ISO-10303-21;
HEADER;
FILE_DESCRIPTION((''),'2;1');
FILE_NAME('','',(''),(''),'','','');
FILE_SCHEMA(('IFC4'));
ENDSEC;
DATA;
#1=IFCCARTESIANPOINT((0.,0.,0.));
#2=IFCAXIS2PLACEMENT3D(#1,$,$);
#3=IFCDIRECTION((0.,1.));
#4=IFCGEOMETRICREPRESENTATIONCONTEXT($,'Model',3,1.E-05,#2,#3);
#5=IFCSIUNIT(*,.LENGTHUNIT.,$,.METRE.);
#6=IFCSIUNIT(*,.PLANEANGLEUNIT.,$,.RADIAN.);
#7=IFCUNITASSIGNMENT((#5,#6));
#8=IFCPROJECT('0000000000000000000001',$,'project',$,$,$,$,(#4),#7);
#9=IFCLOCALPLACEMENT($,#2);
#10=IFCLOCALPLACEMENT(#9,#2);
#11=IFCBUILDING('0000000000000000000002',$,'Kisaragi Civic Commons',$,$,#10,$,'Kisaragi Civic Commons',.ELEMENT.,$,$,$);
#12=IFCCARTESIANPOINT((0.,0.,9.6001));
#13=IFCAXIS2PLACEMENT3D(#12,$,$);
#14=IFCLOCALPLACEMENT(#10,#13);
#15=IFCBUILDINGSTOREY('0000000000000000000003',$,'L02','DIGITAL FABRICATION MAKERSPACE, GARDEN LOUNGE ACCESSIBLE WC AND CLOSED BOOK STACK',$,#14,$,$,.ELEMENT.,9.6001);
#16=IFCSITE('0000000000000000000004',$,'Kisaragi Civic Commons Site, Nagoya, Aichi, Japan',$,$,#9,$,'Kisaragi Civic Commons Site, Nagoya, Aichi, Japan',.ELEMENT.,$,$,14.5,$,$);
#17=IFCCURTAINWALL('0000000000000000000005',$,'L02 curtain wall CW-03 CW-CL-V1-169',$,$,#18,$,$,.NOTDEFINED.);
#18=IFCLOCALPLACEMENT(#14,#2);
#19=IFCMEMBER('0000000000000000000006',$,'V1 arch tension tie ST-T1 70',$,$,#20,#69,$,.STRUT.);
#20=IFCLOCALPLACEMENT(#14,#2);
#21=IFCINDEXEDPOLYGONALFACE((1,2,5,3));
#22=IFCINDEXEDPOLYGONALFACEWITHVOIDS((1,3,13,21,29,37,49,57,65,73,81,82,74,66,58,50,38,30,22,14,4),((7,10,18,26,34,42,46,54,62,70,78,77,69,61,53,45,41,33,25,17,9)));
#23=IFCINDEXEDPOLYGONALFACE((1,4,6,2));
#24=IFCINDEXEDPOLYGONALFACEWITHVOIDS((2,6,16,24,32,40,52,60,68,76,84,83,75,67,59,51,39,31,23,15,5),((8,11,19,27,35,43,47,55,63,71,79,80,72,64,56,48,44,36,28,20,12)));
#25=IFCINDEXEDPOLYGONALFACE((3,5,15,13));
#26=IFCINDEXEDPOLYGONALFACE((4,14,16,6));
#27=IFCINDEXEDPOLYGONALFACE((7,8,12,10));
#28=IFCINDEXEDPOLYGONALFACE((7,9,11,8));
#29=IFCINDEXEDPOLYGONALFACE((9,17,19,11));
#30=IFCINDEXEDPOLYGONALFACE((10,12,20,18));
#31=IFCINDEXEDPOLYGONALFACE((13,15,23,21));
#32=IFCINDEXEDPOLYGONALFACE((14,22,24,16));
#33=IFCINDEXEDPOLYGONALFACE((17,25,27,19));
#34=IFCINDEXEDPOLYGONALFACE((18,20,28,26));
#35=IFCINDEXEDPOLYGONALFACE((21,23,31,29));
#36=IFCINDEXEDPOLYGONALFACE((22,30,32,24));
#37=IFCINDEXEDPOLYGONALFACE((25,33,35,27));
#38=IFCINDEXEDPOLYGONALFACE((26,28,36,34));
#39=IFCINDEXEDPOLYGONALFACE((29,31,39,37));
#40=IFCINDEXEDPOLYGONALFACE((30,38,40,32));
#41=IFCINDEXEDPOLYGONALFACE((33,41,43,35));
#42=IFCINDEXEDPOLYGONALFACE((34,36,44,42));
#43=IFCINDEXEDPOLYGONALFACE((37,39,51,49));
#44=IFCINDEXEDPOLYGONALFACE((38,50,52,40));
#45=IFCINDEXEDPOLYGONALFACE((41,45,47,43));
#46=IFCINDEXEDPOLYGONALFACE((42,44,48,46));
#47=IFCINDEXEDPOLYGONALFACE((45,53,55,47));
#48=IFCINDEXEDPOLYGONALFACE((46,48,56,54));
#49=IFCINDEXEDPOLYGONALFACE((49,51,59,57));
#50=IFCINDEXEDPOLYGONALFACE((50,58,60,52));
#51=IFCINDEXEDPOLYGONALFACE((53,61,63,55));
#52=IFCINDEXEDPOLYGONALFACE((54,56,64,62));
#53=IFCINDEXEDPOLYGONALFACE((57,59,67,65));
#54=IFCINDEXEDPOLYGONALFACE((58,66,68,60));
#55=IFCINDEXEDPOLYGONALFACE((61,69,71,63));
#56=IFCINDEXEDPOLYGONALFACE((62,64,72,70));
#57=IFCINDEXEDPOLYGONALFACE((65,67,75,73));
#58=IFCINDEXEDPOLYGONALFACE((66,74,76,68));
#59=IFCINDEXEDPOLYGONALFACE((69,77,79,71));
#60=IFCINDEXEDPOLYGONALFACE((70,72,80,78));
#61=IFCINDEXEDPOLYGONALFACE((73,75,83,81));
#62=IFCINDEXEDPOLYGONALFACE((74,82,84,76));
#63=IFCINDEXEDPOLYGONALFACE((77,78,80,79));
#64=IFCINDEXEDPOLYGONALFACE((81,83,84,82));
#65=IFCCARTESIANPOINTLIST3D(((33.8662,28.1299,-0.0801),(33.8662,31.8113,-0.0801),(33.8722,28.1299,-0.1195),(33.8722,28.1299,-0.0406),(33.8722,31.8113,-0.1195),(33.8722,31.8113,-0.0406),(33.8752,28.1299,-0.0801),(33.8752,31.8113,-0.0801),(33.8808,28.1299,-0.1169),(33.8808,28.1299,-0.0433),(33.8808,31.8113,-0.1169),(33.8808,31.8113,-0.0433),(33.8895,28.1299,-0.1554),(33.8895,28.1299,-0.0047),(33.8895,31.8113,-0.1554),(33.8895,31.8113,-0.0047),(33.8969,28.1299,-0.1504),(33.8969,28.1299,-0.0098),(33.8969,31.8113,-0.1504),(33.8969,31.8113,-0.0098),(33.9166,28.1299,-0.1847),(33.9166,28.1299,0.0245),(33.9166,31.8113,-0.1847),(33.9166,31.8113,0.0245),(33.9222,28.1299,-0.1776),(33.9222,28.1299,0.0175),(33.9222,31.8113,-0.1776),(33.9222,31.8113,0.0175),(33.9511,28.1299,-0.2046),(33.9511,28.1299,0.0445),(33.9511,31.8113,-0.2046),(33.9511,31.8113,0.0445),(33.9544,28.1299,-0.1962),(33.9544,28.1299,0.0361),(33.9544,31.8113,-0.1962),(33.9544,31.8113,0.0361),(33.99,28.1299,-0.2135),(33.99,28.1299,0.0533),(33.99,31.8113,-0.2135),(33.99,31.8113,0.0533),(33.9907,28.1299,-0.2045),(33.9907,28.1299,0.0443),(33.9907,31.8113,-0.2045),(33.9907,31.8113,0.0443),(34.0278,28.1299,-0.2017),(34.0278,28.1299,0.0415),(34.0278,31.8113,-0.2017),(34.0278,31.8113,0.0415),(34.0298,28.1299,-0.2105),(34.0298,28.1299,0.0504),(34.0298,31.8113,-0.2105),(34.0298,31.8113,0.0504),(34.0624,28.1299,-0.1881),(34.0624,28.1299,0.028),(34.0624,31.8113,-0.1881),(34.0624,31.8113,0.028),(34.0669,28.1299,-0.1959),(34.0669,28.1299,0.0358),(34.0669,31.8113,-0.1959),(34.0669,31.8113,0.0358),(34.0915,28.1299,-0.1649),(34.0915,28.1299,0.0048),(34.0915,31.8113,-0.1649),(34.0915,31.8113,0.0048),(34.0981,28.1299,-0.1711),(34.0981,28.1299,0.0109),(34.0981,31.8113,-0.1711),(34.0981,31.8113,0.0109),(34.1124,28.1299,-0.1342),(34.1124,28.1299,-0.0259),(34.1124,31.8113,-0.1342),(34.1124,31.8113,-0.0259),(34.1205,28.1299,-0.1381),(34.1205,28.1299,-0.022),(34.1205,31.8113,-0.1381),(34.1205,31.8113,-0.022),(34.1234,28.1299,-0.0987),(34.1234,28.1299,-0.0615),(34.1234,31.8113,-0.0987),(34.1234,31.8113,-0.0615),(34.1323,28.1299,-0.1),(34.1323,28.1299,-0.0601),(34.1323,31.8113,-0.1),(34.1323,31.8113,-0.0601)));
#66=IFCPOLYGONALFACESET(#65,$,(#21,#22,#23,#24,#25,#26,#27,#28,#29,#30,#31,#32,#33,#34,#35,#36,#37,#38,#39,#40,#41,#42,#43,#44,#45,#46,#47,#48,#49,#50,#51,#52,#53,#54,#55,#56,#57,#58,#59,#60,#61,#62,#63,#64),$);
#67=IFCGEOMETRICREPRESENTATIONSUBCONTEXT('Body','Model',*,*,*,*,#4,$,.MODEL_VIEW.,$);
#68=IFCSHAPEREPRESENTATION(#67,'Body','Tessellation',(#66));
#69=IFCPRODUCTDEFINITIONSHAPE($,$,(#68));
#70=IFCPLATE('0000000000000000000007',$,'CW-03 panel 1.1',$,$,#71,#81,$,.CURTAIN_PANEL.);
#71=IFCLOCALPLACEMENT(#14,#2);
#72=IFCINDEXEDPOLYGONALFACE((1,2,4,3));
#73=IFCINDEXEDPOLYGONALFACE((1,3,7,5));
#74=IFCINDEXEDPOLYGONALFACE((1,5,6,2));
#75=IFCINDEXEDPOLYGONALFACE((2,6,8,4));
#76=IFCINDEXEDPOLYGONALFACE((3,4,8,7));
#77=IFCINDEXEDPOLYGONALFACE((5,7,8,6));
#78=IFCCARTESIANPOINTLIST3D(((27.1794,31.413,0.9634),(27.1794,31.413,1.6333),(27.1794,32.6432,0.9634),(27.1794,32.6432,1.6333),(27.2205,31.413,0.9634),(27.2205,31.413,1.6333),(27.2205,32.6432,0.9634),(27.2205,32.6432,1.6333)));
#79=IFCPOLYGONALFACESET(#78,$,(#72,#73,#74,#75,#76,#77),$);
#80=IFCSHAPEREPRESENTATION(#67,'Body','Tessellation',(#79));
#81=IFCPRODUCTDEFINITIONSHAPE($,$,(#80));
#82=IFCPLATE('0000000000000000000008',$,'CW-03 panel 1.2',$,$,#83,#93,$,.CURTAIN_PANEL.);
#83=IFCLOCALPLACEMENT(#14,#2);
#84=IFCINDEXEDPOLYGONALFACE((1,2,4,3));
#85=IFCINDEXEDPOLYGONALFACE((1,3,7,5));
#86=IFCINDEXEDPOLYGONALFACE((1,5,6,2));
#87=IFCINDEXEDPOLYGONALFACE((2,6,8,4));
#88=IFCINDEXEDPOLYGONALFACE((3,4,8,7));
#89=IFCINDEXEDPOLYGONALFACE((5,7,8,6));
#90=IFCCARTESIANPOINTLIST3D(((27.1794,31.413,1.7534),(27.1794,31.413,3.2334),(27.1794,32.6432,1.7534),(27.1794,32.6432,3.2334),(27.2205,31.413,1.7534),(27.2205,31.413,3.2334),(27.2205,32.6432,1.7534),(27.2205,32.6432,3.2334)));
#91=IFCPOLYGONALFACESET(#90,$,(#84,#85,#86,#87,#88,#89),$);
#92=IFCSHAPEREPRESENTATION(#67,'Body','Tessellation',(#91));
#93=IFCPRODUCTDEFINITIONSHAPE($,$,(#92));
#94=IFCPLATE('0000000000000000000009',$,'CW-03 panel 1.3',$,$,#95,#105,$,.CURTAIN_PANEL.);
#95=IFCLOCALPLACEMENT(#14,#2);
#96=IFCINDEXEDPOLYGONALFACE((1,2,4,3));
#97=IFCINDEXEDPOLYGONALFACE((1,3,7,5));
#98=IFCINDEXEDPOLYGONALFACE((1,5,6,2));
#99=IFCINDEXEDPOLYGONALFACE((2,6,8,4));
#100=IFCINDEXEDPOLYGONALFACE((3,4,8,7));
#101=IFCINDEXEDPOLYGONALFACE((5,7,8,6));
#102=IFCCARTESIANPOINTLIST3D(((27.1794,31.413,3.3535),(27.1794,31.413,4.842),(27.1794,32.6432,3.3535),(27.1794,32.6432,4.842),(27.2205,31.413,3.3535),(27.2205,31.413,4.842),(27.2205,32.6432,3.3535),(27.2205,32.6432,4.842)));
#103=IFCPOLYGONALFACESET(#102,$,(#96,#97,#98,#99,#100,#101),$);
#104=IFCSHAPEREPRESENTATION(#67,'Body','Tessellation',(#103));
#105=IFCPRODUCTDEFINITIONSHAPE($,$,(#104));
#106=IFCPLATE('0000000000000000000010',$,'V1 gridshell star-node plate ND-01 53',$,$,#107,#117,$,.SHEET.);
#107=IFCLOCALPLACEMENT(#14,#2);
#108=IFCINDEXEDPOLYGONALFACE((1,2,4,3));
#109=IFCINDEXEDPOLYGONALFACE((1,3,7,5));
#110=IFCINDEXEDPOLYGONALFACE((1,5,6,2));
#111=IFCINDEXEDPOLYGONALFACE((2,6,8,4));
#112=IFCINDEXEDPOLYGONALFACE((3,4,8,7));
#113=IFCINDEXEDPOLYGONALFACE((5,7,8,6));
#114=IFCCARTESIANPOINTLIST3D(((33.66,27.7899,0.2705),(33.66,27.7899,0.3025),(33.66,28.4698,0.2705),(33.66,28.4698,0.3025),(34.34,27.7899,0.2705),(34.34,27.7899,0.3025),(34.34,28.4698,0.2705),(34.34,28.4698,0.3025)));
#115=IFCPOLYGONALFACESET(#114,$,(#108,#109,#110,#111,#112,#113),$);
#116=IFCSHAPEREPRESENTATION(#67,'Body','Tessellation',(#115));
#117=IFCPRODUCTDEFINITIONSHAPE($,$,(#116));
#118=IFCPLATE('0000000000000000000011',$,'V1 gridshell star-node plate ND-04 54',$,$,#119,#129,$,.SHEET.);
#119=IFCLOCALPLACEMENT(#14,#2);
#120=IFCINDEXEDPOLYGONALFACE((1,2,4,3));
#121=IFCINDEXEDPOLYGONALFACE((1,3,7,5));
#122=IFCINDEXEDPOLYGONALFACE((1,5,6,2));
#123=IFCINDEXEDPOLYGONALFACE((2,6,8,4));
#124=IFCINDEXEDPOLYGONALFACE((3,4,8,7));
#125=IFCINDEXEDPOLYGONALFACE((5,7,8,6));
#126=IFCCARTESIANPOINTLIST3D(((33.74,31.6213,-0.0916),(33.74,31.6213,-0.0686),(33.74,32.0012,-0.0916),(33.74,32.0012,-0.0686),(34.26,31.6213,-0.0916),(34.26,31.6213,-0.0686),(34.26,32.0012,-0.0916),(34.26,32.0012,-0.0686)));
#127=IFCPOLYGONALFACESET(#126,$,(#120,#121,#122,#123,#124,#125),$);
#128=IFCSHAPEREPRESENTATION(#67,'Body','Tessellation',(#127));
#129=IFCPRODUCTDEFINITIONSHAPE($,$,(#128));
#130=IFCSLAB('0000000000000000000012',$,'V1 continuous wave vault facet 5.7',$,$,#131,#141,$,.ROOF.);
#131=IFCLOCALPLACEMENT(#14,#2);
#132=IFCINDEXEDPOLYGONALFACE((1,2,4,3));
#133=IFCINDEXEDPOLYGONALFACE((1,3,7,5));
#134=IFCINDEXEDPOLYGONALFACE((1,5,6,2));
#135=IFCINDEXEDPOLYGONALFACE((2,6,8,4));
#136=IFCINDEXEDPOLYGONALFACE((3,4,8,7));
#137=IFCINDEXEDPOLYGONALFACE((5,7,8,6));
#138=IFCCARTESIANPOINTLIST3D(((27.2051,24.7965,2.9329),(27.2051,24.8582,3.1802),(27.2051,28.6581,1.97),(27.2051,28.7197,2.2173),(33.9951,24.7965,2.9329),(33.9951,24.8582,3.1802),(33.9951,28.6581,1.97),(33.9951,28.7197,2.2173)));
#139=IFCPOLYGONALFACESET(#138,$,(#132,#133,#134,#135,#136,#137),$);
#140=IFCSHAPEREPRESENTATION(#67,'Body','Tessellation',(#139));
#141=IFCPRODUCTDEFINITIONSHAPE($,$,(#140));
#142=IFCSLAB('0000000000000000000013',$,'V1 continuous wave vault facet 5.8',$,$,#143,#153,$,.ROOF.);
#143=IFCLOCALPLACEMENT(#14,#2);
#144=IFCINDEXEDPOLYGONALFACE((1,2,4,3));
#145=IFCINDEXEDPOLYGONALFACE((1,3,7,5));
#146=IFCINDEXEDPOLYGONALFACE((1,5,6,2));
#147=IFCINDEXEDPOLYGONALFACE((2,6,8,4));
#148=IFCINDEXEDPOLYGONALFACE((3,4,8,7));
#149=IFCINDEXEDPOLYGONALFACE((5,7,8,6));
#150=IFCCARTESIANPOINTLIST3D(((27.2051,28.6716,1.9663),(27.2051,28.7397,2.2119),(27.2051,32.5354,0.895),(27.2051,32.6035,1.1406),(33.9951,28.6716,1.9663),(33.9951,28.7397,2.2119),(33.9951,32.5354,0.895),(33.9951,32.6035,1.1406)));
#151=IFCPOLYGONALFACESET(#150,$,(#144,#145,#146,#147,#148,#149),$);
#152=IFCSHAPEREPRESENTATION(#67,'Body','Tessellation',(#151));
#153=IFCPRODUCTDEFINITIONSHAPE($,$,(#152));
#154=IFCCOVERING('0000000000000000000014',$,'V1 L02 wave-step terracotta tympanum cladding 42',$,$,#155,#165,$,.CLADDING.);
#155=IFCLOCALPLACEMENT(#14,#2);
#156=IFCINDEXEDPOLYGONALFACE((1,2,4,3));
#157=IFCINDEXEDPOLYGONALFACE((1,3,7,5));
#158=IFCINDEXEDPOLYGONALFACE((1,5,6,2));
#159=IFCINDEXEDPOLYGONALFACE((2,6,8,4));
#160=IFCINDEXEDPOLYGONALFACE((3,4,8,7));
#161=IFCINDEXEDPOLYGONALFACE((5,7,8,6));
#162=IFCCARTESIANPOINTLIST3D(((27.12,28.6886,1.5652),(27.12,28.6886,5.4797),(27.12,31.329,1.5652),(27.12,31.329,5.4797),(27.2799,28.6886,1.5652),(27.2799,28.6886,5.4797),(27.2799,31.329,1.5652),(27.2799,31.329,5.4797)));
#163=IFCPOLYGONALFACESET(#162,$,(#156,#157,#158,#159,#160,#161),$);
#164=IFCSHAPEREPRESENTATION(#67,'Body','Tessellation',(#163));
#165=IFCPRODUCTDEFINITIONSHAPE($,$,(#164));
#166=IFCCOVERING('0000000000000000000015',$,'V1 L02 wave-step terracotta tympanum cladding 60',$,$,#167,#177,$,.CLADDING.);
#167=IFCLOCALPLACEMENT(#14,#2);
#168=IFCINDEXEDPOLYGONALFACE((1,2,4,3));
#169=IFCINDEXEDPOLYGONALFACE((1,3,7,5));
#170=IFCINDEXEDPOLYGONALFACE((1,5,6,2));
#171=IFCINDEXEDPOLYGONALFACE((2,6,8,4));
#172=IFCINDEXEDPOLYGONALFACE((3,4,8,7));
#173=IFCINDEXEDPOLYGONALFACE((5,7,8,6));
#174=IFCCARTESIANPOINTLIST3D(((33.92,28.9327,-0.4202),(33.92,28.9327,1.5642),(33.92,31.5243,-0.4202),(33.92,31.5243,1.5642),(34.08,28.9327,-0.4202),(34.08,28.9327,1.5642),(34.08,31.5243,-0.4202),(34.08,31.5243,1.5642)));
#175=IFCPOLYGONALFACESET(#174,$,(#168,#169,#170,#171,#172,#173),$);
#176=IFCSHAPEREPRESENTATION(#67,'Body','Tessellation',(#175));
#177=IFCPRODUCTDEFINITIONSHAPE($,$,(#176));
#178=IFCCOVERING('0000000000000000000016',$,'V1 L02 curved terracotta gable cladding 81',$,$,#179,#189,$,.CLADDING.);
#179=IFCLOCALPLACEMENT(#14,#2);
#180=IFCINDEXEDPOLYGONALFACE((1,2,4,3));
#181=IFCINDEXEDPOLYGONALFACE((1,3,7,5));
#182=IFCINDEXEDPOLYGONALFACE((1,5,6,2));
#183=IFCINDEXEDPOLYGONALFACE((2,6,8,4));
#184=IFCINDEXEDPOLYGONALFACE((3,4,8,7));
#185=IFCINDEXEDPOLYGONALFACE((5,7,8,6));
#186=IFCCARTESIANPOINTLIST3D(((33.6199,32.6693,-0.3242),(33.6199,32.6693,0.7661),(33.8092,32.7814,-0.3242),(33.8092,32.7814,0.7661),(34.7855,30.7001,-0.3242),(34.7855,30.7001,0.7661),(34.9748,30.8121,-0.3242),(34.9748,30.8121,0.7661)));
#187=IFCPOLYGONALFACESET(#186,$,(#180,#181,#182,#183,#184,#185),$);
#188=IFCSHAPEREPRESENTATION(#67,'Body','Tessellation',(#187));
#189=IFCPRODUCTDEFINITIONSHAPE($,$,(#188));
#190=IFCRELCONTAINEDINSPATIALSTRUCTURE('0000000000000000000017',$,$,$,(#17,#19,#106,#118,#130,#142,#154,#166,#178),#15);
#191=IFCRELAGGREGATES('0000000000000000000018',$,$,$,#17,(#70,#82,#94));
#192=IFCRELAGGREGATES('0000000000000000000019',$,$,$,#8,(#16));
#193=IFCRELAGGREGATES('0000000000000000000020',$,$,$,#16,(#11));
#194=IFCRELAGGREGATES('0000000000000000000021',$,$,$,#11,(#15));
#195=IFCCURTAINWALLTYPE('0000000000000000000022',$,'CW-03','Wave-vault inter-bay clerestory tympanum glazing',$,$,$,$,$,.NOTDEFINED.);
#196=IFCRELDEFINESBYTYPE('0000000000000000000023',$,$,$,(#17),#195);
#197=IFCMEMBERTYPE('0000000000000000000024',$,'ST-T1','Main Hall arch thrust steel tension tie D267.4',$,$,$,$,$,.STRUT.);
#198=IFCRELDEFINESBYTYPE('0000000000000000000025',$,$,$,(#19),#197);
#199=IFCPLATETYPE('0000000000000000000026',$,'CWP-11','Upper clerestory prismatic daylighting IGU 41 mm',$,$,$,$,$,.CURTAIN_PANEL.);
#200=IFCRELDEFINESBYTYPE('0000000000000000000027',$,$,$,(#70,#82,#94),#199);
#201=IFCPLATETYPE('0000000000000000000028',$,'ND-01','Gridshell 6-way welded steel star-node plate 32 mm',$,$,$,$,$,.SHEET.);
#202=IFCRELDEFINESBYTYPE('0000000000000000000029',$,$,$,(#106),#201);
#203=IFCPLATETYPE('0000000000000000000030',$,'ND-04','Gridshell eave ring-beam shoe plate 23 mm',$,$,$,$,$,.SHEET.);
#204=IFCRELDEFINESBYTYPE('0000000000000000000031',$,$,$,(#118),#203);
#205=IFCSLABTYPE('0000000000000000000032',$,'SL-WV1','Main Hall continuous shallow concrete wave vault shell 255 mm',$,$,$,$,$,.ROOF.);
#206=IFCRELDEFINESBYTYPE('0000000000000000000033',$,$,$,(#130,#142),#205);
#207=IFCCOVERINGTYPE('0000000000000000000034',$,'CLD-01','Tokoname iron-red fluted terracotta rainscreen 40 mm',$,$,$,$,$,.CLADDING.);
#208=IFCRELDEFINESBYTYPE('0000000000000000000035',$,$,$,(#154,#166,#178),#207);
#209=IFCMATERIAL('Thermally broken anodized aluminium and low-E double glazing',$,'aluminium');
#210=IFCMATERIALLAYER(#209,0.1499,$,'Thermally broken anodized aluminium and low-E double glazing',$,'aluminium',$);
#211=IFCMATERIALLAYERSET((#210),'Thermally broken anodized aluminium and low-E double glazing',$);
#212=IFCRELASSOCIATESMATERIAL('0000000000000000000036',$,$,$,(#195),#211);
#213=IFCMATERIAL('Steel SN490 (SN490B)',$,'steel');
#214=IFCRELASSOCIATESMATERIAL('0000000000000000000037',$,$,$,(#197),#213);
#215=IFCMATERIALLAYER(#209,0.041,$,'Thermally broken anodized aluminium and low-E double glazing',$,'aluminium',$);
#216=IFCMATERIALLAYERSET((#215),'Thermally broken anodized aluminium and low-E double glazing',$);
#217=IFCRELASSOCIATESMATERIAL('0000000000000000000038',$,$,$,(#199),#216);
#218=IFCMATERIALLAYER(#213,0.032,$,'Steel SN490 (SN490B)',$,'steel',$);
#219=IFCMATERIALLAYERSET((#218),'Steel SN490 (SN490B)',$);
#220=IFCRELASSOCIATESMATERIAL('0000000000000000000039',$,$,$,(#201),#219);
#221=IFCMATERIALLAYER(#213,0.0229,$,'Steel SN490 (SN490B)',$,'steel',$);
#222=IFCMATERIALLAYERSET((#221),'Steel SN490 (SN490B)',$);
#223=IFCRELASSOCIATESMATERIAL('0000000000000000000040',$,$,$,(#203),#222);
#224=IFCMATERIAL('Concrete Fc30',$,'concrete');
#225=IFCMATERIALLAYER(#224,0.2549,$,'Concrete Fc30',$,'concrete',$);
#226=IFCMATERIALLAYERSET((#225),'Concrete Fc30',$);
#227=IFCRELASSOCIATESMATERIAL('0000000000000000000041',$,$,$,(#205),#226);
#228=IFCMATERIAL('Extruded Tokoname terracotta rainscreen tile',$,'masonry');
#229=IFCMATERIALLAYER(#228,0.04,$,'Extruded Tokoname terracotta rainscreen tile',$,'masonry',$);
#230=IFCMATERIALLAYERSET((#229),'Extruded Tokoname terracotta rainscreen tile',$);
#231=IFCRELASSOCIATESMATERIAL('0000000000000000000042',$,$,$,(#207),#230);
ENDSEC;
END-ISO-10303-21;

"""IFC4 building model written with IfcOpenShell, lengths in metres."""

from ifc_helpers import new_model, si_unit, direction, frame, origin, origin_2d, place, context, subcontext, project, spatial, polyline, rectangle, hollow_circle, outline, extrude, material, layer, layer_set, material_profile, profile_set, type_object, element, aggregate, save


model = new_model("IFC4")

# Units and contexts
model_context = context("Model", 3, precision=1e-05, world=origin(), true_north=direction((0.0, 1.0)))
body_context = subcontext(model_context, "Body", "Model", "MODEL_VIEW")
ifc_project = project(units=[si_unit("LENGTHUNIT", "METRE"), si_unit("PLANEANGLEUNIT", "RADIAN")], contexts=[model_context])

# Site, building, storey
site_placement = place(None, origin())
site = spatial("IfcSite", under=ifc_project, at=site_placement, Name="Kisaragi Civic Commons Site, Nagoya, Aichi, Japan", LongName="Kisaragi Civic Commons Site, Nagoya, Aichi, Japan", CompositionType="ELEMENT", RefElevation=14.5)
building_placement = place(site_placement, origin())
building = spatial("IfcBuilding", under=site, at=building_placement, Name="Kisaragi Civic Commons", LongName="Kisaragi Civic Commons", CompositionType="ELEMENT")
storey_placement = place(building_placement, frame((0.0, 0.0, 9.6001)))
storey = spatial("IfcBuildingStorey", under=building, at=storey_placement, Name="L02", Description="DIGITAL FABRICATION MAKERSPACE, GARDEN LOUNGE ACCESSIBLE WC AND CLOSED BOOK STACK", CompositionType="ELEMENT", Elevation=9.6001)

# Curtain wall
ifc_material_1 = material(Name="Thermally broken anodized aluminium and low-E double glazing", Category="aluminium")
ifc_layer_1 = layer(ifc_material_1, 0.1499, Name="Thermally broken anodized aluminium and low-E double glazing", Category="aluminium")
ifc_layer_set_1 = layer_set([ifc_layer_1], Name="Thermally broken anodized aluminium and low-E double glazing")
curtain_wall_type = type_object("IfcCurtainWallType", Name="CW-03", Description="Wave-vault inter-bay clerestory tympanum glazing", PredefinedType="NOTDEFINED", material=ifc_layer_set_1)
curtain_wall_placement = place(storey_placement, origin())
curtain_wall = element("IfcCurtainWall", 1, at=curtain_wall_placement, inside=storey, type_object=curtain_wall_type, Name="L02 curtain wall CW-03 CW-CL-V1-169", PredefinedType="NOTDEFINED")

# Member
ifc_material_2 = material(Name="Steel SN490 (SN490B)", Category="steel")
ifc_material_profile_1 = material_profile(ifc_material_2, hollow_circle(Radius=0.1338, WallThickness=0.009, at=origin_2d()), Name="CHS-267.4x9.0", Category="steel")
ifc_profile_set_1 = profile_set([ifc_material_profile_1], Name="Steel SN490 (SN490B)")
member_type_1 = type_object("IfcMemberType", Name="ST-T1", Description="Main Hall arch thrust steel tension tie D267.4", PredefinedType="STRUT", material=ifc_profile_set_1)
member_1_placement = place(storey_placement, frame((34.0, 28.1299, -0.0801), z_axis=(0.0, 1.0, 0.0), x_axis=(-1.0, 0.0, 0.0)))
element("IfcMember", 2, at=member_1_placement, inside=storey, type_object=member_type_1, Name="V1 arch tension tie ST-T1 70", PredefinedType="STRUT", context=body_context, shape_type="SweptSolid", body=[
    extrude(hollow_circle(Radius=0.1338, WallThickness=0.009, at=origin_2d()), origin(), (0.0, 0.0, 1.0), 3.6814),
])

# Plates
ifc_layer_2 = layer(ifc_material_1, 0.041, Name="Thermally broken anodized aluminium and low-E double glazing", Category="aluminium")
ifc_layer_set_2 = layer_set([ifc_layer_2], Name="Thermally broken anodized aluminium and low-E double glazing")
plate_type_1 = type_object("IfcPlateType", Name="CWP-11", Description="Upper clerestory prismatic daylighting IGU 41 mm", PredefinedType="CURTAIN_PANEL", material=ifc_layer_set_2)
plate_1_placement = place(storey_placement, frame((27.2, 32.0281, 0.9634), z_axis=(0.0, 0.0, 1.0), x_axis=(0.0, 1.0, 0.0)))
plate_1 = element("IfcPlate", 3, at=plate_1_placement, type_object=plate_type_1, Name="CW-03 panel 1.1", PredefinedType="CURTAIN_PANEL", context=body_context, shape_type="SweptSolid", body=[
    extrude(rectangle(XDim=1.2302, YDim=0.041, at=origin_2d()), origin(), (0.0, 0.0, 1.0), 0.6699),
])
plate_2_placement = place(storey_placement, frame((27.2, 32.0281, 1.7534), z_axis=(0.0, 0.0, 1.0), x_axis=(0.0, 1.0, 0.0)))
plate_2 = element("IfcPlate", 4, at=plate_2_placement, type_object=plate_type_1, Name="CW-03 panel 1.2", PredefinedType="CURTAIN_PANEL", context=body_context, shape_type="SweptSolid", body=[
    extrude(rectangle(XDim=1.2302, YDim=0.041, at=origin_2d()), origin(), (0.0, 0.0, 1.0), 1.48),
])
plate_3_placement = place(storey_placement, frame((27.2, 32.0281, 3.3535), z_axis=(0.0, 0.0, 1.0), x_axis=(0.0, 1.0, 0.0)))
plate_3 = element("IfcPlate", 5, at=plate_3_placement, type_object=plate_type_1, Name="CW-03 panel 1.3", PredefinedType="CURTAIN_PANEL", context=body_context, shape_type="SweptSolid", body=[
    extrude(rectangle(XDim=1.2302, YDim=0.041, at=origin_2d()), origin(), (0.0, 0.0, 1.0), 1.4885),
])
aggregate(curtain_wall, [plate_1, plate_2, plate_3])

# Plates
ifc_layer_3 = layer(ifc_material_2, 0.032, Name="Steel SN490 (SN490B)", Category="steel")
ifc_layer_set_3 = layer_set([ifc_layer_3], Name="Steel SN490 (SN490B)")
plate_type_2 = type_object("IfcPlateType", Name="ND-01", Description="Gridshell 6-way welded steel star-node plate 32 mm", PredefinedType="SHEET", material=ifc_layer_set_3)
plate_4_placement = place(storey_placement, frame((34.0, 28.1299, 0.2705), z_axis=(0.0, 0.0, 1.0), x_axis=(1.0, 0.0, 0.0)))
element("IfcPlate", 6, at=plate_4_placement, inside=storey, type_object=plate_type_2, Name="V1 gridshell star-node plate ND-01 53", PredefinedType="SHEET", context=body_context, shape_type="SweptSolid", body=[
    extrude(rectangle(XDim=0.6799, YDim=0.6799, at=origin_2d()), origin(), (0.0, 0.0, 1.0), 0.032),
])
ifc_layer_4 = layer(ifc_material_2, 0.0229, Name="Steel SN490 (SN490B)", Category="steel")
ifc_layer_set_4 = layer_set([ifc_layer_4], Name="Steel SN490 (SN490B)")
plate_type_3 = type_object("IfcPlateType", Name="ND-04", Description="Gridshell eave ring-beam shoe plate 23 mm", PredefinedType="SHEET", material=ifc_layer_set_4)
plate_5_placement = place(storey_placement, frame((34.0, 31.8113, -0.0916), z_axis=(0.0, 0.0, 1.0), x_axis=(1.0, 0.0, 0.0)))
element("IfcPlate", 7, at=plate_5_placement, inside=storey, type_object=plate_type_3, Name="V1 gridshell star-node plate ND-04 54", PredefinedType="SHEET", context=body_context, shape_type="SweptSolid", body=[
    extrude(rectangle(XDim=0.52, YDim=0.3799, at=origin_2d()), origin(), (0.0, 0.0, 1.0), 0.0229),
])

# Slabs
ifc_material_3 = material(Name="Concrete Fc30", Category="concrete")
ifc_layer_5 = layer(ifc_material_3, 0.2549, Name="Concrete Fc30", Category="concrete")
ifc_layer_set_5 = layer_set([ifc_layer_5], Name="Concrete Fc30")
slab_type = type_object("IfcSlabType", Name="SL-WV1", Description="Main Hall continuous shallow concrete wave vault shell 255 mm", PredefinedType="ROOF", material=ifc_layer_set_5)
slab_1_placement = place(storey_placement, frame((33.9951, 28.7197, 2.2173), z_axis=(0.0, 0.241944, 0.97029), x_axis=(-1.0, 0.0, 0.0)))
element("IfcSlab", 8, at=slab_1_placement, inside=storey, type_object=slab_type, Name="V1 continuous wave vault facet 5.7", PredefinedType="ROOF", context=body_context, shape_type="SweptSolid", body=[
    extrude(outline(polyline([(0.0, 0.0), (6.79, 0.0), (6.79, 3.9798), (0.0, 3.9798), (0.0, 0.0)])), origin(), (0.0, 0.0, -1.0), 0.2549),
])
slab_2_placement = place(storey_placement, frame((33.9951, 32.6035, 1.1406), z_axis=(0.0, 0.267185, 0.963645), x_axis=(-1.0, 0.0, 0.0)))
element("IfcSlab", 9, at=slab_2_placement, inside=storey, type_object=slab_type, Name="V1 continuous wave vault facet 5.8", PredefinedType="ROOF", context=body_context, shape_type="SweptSolid", body=[
    extrude(outline(polyline([(0.0, 0.0), (6.79, 0.0), (6.79, 4.0095), (0.0, 4.0095), (0.0, 0.0)])), origin(), (0.0, 0.0, -1.0), 0.2549),
])

# Coverings
ifc_material_4 = material(Name="Extruded Tokoname terracotta rainscreen tile", Category="masonry")
ifc_layer_6 = layer(ifc_material_4, 0.04, Name="Extruded Tokoname terracotta rainscreen tile", Category="masonry")
ifc_layer_set_6 = layer_set([ifc_layer_6], Name="Extruded Tokoname terracotta rainscreen tile")
covering_type = type_object("IfcCoveringType", Name="CLD-01", Description="Tokoname iron-red fluted terracotta rainscreen 40 mm", PredefinedType="CLADDING", material=ifc_layer_set_6)
covering_1_placement = place(storey_placement, frame((27.2, 30.0088, 1.5652), z_axis=(0.0, 0.0, 1.0), x_axis=(0.0, 1.0, 0.0)))
element("IfcCovering", 10, at=covering_1_placement, inside=storey, type_object=covering_type, Name="V1 L02 wave-step terracotta tympanum cladding 42", PredefinedType="CLADDING", context=body_context, shape_type="SweptSolid", body=[
    extrude(rectangle(XDim=2.6404, YDim=0.1599, at=origin_2d()), origin(), (0.0, 0.0, 1.0), 3.9146),
])
covering_2_placement = place(storey_placement, frame((34.0, 30.2285, -0.4202), z_axis=(0.0, 0.0, 1.0), x_axis=(0.0, 1.0, 0.0)))
element("IfcCovering", 11, at=covering_2_placement, inside=storey, type_object=covering_type, Name="V1 L02 wave-step terracotta tympanum cladding 60", PredefinedType="CLADDING", context=body_context, shape_type="SweptSolid", body=[
    extrude(rectangle(XDim=2.5916, YDim=0.1599, at=origin_2d()), origin(), (0.0, 0.0, 1.0), 1.9844),
])
for number, where, z_axis, x_axis, name in (
    (12, (34.2974, 31.7407, -0.3242), (0.0, 0.0, 1.0), (0.509342, -0.860564, 0.0), "V1 L02 curved terracotta gable cladding 81"),
):
    element("IfcCovering", number, at=place(storey_placement, frame(where, z_axis=z_axis, x_axis=x_axis)), inside=storey, type_object=covering_type, Name=name, PredefinedType="CLADDING", context=body_context, shape_type="SweptSolid", body=[
        extrude(rectangle(XDim=2.2883, YDim=0.22, at=origin_2d()), origin(), (0.0, 0.0, 1.0), 1.0903),
    ])

save(model, "model.ifc")
